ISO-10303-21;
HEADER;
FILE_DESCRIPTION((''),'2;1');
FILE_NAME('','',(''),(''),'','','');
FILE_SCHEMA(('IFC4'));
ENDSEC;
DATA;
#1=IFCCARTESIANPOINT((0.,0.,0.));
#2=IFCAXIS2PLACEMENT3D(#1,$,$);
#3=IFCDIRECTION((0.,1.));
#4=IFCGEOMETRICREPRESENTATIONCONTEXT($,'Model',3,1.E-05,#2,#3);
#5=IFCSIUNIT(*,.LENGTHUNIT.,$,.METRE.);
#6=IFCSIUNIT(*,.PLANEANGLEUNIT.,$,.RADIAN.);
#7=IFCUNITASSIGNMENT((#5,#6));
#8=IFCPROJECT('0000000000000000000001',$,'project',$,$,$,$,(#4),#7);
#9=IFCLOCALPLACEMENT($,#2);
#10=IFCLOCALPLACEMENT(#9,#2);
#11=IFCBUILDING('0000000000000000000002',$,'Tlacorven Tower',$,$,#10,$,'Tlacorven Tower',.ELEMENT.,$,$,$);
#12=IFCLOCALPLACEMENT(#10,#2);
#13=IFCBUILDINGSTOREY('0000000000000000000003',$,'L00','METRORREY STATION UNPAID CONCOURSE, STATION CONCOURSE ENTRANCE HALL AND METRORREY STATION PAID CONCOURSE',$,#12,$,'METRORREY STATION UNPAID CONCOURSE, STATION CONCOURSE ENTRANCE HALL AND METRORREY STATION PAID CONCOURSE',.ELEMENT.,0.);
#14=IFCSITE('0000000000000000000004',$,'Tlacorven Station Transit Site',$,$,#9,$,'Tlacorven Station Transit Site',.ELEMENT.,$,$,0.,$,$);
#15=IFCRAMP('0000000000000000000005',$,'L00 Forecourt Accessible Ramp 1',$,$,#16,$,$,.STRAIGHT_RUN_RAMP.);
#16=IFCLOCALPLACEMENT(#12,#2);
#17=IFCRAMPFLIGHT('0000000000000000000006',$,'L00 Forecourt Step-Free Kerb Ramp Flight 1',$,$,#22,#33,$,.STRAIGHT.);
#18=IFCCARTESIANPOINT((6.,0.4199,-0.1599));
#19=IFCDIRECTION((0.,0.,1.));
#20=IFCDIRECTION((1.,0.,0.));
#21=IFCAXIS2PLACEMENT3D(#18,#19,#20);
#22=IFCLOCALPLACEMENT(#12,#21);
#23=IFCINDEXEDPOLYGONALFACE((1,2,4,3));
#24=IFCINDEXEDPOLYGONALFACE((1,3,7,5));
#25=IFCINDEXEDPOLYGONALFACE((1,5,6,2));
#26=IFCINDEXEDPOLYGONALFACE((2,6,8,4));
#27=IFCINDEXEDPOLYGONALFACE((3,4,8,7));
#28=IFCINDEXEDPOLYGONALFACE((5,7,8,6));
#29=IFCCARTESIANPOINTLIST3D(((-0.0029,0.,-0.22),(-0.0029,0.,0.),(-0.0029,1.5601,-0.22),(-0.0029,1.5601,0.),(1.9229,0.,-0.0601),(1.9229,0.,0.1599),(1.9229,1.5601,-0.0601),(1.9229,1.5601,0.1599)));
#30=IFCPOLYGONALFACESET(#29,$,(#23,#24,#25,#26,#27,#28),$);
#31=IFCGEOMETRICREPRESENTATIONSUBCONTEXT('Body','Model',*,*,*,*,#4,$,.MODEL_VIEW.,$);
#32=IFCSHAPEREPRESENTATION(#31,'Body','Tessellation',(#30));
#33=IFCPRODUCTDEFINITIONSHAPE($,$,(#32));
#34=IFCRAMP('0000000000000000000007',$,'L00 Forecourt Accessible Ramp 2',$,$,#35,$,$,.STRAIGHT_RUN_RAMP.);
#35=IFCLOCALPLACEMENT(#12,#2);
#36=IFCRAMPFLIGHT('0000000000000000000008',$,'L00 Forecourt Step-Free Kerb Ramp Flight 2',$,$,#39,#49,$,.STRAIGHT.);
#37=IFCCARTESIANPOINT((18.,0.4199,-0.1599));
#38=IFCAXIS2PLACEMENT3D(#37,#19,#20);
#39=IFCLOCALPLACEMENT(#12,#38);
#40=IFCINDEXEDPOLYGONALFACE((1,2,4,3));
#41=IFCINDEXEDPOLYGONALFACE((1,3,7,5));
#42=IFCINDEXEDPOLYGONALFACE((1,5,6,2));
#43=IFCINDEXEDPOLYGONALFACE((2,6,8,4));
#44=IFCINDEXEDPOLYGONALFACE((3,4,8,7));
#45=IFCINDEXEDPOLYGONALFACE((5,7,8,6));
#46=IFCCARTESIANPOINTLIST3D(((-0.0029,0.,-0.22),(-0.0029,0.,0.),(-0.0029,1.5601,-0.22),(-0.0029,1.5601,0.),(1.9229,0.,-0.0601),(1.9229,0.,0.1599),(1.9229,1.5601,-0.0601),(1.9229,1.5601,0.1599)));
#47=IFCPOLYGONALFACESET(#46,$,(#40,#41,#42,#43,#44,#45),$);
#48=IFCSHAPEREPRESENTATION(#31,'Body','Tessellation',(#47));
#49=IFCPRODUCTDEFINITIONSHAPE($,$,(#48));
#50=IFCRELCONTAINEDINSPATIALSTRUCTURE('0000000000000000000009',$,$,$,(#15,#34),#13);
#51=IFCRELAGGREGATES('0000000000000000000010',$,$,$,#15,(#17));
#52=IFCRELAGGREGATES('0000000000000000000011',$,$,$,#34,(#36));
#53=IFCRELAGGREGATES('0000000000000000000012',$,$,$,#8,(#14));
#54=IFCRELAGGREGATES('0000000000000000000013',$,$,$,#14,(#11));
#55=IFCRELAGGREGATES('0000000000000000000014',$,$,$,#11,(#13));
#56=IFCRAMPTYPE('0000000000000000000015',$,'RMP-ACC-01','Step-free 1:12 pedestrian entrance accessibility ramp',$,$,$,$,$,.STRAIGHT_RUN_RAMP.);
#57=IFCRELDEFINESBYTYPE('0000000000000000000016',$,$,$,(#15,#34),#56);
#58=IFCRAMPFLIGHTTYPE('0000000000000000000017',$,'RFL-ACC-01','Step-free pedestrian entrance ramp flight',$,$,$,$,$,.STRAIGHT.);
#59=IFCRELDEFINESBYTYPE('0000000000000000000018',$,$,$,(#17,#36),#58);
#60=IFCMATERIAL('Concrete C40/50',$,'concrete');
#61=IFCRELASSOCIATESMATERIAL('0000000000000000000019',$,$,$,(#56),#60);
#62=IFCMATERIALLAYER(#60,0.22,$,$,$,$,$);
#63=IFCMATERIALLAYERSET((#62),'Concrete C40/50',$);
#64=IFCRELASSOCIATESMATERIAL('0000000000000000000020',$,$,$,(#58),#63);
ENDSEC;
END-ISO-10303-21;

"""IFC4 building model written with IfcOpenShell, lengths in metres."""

from ifc_helpers import new_model, si_unit, direction, frame, origin, place, context, subcontext, project, spatial, polyline, outline, extrude, material, layer, layer_set, type_object, element, aggregate, save


model = new_model("IFC4")

# Units and contexts
model_context = context("Model", 3, precision=1e-05, world=origin(), true_north=direction((0.0, 1.0)))
body_context = subcontext(model_context, "Body", "Model", "MODEL_VIEW")
ifc_project = project(units=[si_unit("LENGTHUNIT", "METRE"), si_unit("PLANEANGLEUNIT", "RADIAN")], contexts=[model_context])

# Site, building, storey
site_placement = place(None, origin())
site = spatial("IfcSite", under=ifc_project, at=site_placement, Name="Tlacorven Station Transit Site", LongName="Tlacorven Station Transit Site", CompositionType="ELEMENT", RefElevation=0.0)
building_placement = place(site_placement, origin())
building = spatial("IfcBuilding", under=site, at=building_placement, Name="Tlacorven Tower", LongName="Tlacorven Tower", CompositionType="ELEMENT")
storey_placement = place(building_placement, origin())
storey = spatial("IfcBuildingStorey", under=building, at=storey_placement, Name="L00", Description="METRORREY STATION UNPAID CONCOURSE, STATION CONCOURSE ENTRANCE HALL AND METRORREY STATION PAID CONCOURSE", LongName="METRORREY STATION UNPAID CONCOURSE, STATION CONCOURSE ENTRANCE HALL AND METRORREY STATION PAID CONCOURSE", CompositionType="ELEMENT", Elevation=0.0)

# Shared definitions
ifc_material_1 = material(Name="Concrete C40/50", Category="concrete")

# Ramps, ramp flights
ramp_type = type_object("IfcRampType", Name="RMP-ACC-01", Description="Step-free 1:12 pedestrian entrance accessibility ramp", PredefinedType="STRAIGHT_RUN_RAMP", material=ifc_material_1)
ramp_1_placement = place(storey_placement, origin())
ramp_1 = element("IfcRamp", 1, at=ramp_1_placement, inside=storey, type_object=ramp_type, Name="L00 Forecourt Accessible Ramp 1", PredefinedType="STRAIGHT_RUN_RAMP")
ifc_layer_1 = layer(ifc_material_1, 0.22)
ifc_layer_set_1 = layer_set([ifc_layer_1], Name="Concrete C40/50")
ramp_flight_type = type_object("IfcRampFlightType", Name="RFL-ACC-01", Description="Step-free pedestrian entrance ramp flight", PredefinedType="STRAIGHT", material=ifc_layer_set_1)
ramp_flight_1_placement = place(storey_placement, frame((6.0, 0.4199, -0.1599), z_axis=(0.0, 0.0, 1.0), x_axis=(1.0, 0.0, 0.0)))
ramp_flight_1 = element("IfcRampFlight", 2, at=ramp_flight_1_placement, type_object=ramp_flight_type, Name="L00 Forecourt Step-Free Kerb Ramp Flight 1", PredefinedType="STRAIGHT", context=body_context, shape_type="SweptSolid", body=[
    extrude(outline(polyline([(-0.0029, -0.22), (-0.0029, 0.0), (1.9229, 0.1599), (1.9229, -0.0601), (-0.0029, -0.22)])), frame((0.0, 1.5601, 0.0), z_axis=(0.0, -1.0, 0.0), x_axis=(1.0, 0.0, 0.0)), (0.0, 0.0, 1.0), 1.5601),
])
aggregate(ramp_1, [ramp_flight_1])
ramp_2_placement = place(storey_placement, origin())
ramp_2 = element("IfcRamp", 3, at=ramp_2_placement, inside=storey, type_object=ramp_type, Name="L00 Forecourt Accessible Ramp 2", PredefinedType="STRAIGHT_RUN_RAMP")
ramp_flight_2_placement = place(storey_placement, frame((18.0, 0.4199, -0.1599), z_axis=(0.0, 0.0, 1.0), x_axis=(1.0, 0.0, 0.0)))
ramp_flight_2 = element("IfcRampFlight", 4, at=ramp_flight_2_placement, type_object=ramp_flight_type, Name="L00 Forecourt Step-Free Kerb Ramp Flight 2", PredefinedType="STRAIGHT", context=body_context, shape_type="SweptSolid", body=[
    extrude(outline(polyline([(-0.0029, -0.22), (-0.0029, 0.0), (1.9229, 0.1599), (1.9229, -0.0601), (-0.0029, -0.22)])), frame((0.0, 1.5601, 0.0), z_axis=(0.0, -1.0, 0.0), x_axis=(1.0, 0.0, 0.0)), (0.0, 0.0, 1.0), 1.5601),
])
aggregate(ramp_2, [ramp_flight_2])

save(model, "model.ifc")
